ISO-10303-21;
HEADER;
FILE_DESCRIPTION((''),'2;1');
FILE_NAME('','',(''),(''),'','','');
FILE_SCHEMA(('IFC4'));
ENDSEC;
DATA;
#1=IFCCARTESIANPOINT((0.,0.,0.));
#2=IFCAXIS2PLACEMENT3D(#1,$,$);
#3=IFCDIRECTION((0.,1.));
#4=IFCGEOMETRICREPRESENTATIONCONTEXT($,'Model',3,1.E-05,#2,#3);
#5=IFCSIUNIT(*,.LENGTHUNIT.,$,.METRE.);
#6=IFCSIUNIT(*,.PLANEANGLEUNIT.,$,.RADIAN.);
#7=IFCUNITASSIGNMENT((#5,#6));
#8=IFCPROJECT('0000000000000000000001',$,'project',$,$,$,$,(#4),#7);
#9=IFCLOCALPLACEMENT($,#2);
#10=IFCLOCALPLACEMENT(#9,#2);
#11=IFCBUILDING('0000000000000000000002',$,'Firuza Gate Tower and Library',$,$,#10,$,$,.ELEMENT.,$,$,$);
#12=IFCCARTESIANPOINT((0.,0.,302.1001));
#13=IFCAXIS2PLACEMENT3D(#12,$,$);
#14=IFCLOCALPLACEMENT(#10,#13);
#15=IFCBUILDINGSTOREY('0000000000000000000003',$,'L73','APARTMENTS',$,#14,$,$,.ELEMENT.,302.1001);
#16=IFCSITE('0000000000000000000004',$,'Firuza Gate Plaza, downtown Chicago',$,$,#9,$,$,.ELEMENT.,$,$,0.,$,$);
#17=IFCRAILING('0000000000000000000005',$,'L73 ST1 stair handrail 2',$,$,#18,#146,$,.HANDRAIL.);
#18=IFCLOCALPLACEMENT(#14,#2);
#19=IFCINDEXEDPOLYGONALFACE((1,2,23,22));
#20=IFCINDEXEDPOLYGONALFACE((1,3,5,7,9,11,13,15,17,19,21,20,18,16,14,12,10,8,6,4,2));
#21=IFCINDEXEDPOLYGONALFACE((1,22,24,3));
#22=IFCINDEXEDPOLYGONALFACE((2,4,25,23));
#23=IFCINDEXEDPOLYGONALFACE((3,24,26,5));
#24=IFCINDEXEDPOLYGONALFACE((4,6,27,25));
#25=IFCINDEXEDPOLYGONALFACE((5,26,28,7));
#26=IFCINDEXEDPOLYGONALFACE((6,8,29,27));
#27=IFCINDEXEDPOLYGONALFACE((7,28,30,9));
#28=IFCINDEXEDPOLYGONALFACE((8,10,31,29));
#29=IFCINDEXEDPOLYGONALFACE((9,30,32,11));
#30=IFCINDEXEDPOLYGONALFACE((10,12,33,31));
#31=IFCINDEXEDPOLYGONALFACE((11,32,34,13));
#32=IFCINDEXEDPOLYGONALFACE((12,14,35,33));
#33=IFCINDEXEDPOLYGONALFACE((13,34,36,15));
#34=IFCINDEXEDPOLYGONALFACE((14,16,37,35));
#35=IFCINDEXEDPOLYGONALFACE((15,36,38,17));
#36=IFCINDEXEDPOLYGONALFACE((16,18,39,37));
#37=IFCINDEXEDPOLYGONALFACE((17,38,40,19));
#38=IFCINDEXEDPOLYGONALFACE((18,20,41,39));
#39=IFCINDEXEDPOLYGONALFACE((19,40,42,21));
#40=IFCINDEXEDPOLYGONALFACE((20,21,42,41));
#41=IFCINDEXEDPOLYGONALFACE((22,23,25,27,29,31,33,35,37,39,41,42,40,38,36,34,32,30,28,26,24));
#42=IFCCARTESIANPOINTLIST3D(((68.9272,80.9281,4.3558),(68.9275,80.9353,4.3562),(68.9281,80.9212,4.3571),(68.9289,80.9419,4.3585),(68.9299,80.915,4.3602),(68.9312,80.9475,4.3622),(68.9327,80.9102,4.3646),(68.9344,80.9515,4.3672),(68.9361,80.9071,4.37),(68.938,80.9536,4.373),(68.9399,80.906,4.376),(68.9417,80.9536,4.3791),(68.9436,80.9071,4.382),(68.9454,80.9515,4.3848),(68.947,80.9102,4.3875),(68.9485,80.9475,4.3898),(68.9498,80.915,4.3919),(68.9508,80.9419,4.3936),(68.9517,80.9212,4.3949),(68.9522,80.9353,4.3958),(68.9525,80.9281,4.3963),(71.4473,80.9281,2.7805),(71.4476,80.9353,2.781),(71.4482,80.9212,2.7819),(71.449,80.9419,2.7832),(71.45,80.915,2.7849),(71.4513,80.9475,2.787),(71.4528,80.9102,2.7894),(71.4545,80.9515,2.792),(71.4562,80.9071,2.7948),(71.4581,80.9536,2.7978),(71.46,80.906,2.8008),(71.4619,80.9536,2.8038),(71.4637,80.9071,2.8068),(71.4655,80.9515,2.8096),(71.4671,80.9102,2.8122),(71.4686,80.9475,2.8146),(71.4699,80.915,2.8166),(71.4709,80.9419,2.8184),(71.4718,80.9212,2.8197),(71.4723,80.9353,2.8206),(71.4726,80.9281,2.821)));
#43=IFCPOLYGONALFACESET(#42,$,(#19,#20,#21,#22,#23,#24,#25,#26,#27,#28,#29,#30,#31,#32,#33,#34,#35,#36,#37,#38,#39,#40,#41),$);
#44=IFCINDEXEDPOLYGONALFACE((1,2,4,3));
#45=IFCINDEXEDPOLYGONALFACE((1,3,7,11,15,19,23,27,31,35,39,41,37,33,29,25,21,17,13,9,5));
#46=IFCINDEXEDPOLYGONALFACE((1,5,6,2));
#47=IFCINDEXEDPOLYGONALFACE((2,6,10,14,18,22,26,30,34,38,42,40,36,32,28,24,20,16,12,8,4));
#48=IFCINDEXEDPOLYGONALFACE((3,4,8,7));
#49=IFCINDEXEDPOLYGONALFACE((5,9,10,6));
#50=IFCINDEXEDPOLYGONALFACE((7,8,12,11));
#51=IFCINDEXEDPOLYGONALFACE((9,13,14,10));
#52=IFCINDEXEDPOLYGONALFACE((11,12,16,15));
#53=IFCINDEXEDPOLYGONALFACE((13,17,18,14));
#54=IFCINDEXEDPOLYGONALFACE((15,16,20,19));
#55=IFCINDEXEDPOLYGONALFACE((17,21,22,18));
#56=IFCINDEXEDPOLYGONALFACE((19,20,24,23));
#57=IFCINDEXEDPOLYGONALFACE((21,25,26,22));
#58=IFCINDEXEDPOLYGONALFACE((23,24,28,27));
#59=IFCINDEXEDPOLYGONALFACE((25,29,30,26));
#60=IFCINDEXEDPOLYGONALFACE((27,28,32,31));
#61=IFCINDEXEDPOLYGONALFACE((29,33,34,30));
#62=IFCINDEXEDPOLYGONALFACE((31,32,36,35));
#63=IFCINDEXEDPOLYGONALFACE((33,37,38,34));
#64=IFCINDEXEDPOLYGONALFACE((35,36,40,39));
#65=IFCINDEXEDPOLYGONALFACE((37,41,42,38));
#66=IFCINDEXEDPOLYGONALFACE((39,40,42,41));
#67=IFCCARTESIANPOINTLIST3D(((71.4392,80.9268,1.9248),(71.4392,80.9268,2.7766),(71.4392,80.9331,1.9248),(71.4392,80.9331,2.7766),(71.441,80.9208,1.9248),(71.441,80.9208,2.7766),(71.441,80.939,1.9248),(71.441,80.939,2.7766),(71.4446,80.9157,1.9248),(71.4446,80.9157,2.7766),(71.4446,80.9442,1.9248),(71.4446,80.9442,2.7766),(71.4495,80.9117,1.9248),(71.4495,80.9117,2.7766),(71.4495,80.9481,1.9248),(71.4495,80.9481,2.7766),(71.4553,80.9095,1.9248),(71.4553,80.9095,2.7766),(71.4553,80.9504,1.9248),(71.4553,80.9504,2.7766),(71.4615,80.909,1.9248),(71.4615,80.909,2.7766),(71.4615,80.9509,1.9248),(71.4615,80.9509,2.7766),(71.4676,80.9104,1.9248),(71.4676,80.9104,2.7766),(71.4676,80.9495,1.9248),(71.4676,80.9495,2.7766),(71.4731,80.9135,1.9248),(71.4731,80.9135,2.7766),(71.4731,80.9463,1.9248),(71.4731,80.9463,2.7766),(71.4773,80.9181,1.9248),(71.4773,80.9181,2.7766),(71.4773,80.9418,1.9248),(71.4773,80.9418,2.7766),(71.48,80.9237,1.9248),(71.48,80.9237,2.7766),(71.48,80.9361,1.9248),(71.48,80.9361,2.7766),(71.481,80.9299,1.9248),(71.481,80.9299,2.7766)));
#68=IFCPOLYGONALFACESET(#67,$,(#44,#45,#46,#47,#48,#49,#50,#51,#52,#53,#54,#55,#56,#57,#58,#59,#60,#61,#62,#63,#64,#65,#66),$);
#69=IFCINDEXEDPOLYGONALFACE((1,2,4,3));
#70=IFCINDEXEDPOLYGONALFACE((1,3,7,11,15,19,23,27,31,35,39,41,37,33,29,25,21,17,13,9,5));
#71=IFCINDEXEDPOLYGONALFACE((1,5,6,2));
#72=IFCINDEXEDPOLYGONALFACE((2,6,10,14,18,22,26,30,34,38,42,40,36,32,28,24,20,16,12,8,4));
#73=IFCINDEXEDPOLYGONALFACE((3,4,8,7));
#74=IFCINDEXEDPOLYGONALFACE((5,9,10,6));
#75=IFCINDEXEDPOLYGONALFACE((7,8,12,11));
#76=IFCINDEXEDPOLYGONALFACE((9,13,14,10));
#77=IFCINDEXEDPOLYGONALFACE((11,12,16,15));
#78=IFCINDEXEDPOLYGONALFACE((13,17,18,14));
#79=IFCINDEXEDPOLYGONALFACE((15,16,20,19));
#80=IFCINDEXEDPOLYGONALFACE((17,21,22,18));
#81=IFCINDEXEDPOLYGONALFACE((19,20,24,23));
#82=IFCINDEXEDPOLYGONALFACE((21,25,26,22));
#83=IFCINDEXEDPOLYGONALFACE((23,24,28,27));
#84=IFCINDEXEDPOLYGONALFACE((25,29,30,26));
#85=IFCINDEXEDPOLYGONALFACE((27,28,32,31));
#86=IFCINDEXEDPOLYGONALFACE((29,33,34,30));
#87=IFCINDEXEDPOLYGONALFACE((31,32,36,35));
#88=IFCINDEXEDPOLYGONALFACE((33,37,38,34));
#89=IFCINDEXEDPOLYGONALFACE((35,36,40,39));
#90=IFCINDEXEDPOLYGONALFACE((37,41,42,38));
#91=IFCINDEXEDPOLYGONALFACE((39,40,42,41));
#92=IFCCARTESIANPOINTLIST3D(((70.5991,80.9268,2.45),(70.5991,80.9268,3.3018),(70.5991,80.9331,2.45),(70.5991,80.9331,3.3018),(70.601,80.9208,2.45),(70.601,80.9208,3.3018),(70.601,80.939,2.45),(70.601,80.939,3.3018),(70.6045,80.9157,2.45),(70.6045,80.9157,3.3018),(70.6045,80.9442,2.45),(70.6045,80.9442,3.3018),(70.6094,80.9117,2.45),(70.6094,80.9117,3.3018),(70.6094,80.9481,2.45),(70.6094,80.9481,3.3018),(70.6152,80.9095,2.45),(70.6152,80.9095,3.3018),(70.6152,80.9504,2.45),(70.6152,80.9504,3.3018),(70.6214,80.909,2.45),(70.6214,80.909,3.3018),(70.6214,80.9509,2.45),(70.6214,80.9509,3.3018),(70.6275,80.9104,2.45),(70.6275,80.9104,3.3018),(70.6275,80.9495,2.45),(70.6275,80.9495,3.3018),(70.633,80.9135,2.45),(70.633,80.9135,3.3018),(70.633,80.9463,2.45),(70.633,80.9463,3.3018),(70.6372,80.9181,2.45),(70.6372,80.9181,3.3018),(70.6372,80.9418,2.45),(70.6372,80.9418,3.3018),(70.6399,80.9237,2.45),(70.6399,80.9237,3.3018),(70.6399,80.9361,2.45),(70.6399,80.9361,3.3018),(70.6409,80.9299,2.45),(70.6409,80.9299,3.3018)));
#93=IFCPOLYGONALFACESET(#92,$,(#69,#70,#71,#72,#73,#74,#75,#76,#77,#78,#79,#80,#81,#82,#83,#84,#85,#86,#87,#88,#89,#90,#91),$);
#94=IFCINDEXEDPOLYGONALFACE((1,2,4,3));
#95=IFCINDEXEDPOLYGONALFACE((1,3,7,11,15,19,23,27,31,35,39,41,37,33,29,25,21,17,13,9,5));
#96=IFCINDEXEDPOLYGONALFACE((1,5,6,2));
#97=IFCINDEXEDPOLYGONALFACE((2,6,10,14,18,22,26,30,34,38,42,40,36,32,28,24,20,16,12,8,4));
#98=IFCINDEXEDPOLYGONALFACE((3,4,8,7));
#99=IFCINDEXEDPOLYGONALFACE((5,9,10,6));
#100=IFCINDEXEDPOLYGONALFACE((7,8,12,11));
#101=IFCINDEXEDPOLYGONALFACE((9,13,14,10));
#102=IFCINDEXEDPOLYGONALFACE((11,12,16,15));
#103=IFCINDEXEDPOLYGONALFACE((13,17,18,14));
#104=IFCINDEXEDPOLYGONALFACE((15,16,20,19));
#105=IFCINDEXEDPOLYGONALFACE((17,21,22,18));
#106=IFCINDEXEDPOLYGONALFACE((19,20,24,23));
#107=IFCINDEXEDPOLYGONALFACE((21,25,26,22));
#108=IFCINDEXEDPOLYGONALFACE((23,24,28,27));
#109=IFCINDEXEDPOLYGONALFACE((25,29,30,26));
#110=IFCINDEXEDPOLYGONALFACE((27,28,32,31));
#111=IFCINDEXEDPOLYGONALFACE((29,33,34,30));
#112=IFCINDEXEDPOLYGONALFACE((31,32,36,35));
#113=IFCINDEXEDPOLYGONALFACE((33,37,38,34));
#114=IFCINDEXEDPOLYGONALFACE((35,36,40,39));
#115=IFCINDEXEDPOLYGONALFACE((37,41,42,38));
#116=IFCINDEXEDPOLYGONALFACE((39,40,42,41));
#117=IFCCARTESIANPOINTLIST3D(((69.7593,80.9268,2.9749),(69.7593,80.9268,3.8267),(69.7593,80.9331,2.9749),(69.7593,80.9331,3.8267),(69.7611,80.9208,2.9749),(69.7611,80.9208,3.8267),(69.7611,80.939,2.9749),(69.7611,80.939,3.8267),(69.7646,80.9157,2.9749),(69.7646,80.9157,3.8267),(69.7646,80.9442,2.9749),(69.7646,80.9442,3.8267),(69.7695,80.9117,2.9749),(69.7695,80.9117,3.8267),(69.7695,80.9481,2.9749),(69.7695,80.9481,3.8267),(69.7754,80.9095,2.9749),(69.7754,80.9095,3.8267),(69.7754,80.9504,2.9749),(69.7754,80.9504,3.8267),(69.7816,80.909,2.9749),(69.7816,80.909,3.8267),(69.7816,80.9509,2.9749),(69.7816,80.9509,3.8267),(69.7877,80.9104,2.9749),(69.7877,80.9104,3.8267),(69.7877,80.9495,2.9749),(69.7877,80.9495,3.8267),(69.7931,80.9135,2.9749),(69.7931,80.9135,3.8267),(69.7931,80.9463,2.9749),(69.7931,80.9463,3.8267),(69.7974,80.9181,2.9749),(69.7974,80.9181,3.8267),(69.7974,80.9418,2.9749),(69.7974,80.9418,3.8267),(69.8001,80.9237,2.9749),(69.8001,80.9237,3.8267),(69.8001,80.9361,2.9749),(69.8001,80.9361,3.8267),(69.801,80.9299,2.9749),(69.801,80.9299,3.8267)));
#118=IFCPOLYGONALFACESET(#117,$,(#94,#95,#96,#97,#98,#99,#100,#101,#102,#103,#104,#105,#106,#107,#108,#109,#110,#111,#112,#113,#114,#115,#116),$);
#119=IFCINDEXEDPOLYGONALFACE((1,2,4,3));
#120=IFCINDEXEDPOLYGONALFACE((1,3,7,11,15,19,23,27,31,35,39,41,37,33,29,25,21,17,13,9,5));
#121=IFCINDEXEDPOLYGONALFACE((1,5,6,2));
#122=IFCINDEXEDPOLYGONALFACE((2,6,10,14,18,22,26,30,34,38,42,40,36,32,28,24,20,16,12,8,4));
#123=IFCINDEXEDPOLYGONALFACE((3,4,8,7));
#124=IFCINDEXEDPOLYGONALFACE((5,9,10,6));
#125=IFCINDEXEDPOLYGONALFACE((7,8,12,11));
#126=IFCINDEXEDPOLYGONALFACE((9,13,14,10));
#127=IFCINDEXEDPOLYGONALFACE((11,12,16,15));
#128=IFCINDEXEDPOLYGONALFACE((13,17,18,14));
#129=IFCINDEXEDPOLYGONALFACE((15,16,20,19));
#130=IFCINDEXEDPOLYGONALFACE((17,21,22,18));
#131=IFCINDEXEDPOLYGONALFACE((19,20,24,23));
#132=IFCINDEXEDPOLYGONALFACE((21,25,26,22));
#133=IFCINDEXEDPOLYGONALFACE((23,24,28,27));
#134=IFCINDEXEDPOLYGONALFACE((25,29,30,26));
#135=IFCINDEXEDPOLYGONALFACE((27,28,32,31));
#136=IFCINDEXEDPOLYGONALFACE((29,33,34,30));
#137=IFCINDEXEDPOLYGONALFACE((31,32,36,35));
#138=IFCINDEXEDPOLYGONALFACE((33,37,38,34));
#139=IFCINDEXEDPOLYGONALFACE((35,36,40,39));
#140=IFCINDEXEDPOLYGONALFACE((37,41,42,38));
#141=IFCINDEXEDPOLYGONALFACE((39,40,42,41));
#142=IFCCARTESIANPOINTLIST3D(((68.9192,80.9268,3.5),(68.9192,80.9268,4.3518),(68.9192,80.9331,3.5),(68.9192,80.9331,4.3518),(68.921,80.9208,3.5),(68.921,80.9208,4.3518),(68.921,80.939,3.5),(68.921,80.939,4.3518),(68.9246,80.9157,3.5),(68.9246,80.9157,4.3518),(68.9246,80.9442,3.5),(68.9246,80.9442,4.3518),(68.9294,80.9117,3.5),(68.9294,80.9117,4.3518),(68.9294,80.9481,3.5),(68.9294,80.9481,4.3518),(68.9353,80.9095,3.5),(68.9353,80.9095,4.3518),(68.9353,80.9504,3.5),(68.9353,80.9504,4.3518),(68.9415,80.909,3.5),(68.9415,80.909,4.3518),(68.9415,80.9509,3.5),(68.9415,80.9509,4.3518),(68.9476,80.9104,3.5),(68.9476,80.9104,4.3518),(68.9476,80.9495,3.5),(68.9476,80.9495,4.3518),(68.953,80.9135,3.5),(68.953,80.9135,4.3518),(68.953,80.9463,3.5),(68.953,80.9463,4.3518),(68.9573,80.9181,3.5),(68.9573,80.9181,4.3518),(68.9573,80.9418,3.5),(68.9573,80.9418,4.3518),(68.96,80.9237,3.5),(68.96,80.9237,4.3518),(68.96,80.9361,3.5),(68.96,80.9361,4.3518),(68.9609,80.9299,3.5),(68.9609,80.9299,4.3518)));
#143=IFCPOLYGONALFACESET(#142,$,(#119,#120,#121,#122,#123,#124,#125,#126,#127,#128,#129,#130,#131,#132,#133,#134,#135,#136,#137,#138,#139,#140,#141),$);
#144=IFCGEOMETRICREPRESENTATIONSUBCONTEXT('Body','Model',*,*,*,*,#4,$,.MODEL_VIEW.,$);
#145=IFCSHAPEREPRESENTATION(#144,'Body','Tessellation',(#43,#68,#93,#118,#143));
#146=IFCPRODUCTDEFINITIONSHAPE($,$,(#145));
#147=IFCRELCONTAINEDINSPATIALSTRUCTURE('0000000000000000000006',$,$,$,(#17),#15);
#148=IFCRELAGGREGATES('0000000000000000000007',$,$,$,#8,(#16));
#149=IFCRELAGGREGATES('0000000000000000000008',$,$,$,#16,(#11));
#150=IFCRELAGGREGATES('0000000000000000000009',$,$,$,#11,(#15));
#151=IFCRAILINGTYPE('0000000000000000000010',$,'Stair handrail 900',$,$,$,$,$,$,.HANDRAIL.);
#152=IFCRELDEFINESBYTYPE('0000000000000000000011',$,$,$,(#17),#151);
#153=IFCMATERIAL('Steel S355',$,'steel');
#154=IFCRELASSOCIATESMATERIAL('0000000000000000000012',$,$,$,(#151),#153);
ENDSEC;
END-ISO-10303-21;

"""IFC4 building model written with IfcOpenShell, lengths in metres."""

from ifc_helpers import new_model, si_unit, direction, frame, origin, origin_2d, place, context, subcontext, project, spatial, circle, extrude, material, type_object, element, save


model = new_model("IFC4")

# Units and contexts
model_context = context("Model", 3, precision=1e-05, world=origin(), true_north=direction((0.0, 1.0)))
body_context = subcontext(model_context, "Body", "Model", "MODEL_VIEW")
ifc_project = project(units=[si_unit("LENGTHUNIT", "METRE"), si_unit("PLANEANGLEUNIT", "RADIAN")], contexts=[model_context])

# Site, building, storey
site_placement = place(None, origin())
site = spatial("IfcSite", under=ifc_project, at=site_placement, Name="Firuza Gate Plaza, downtown Chicago", CompositionType="ELEMENT", RefElevation=0.0)
building_placement = place(site_placement, origin())
building = spatial("IfcBuilding", under=site, at=building_placement, Name="Firuza Gate Tower and Library", CompositionType="ELEMENT")
storey_placement = place(building_placement, frame((0.0, 0.0, 302.1001)))
storey = spatial("IfcBuildingStorey", under=building, at=storey_placement, Name="L73", Description="APARTMENTS", CompositionType="ELEMENT", Elevation=302.1001)

# Railing
ifc_material_1 = material(Name="Steel S355", Category="steel")
railing_type_1 = type_object("IfcRailingType", Name="Stair handrail 900", PredefinedType="HANDRAIL", material=ifc_material_1)
railing_1_placement = place(storey_placement, frame((71.46, 80.9299, 1.9248)))
element("IfcRailing", 1, at=railing_1_placement, inside=storey, type_object=railing_type_1, Name="L73 ST1 stair handrail 2", PredefinedType="HANDRAIL", context=body_context, shape_type="SweptSolid", body=[
    extrude(circle(Radius=0.0239, at=origin_2d()), frame((0.0, 0.0, 0.876), z_axis=(-0.847971, 0.0, 0.530043), x_axis=(0.0, -1.0, 0.0)), (0.0, 0.0, 1.0), 2.9719),
    extrude(circle(Radius=0.021, at=origin_2d()), origin(), (0.0, 0.0, 1.0), 0.8518),
    extrude(circle(Radius=0.021, at=origin_2d()), frame((-0.8401, 0.0, 0.5251)), (0.0, 0.0, 1.0), 0.8518),
    extrude(circle(Radius=0.021, at=origin_2d()), frame((-1.6799, 0.0, 1.05)), (0.0, 0.0, 1.0), 0.8518),
    extrude(circle(Radius=0.021, at=origin_2d()), frame((-2.52, 0.0, 1.5752)), (0.0, 0.0, 1.0), 0.8518),
])

save(model, "model.ifc")
